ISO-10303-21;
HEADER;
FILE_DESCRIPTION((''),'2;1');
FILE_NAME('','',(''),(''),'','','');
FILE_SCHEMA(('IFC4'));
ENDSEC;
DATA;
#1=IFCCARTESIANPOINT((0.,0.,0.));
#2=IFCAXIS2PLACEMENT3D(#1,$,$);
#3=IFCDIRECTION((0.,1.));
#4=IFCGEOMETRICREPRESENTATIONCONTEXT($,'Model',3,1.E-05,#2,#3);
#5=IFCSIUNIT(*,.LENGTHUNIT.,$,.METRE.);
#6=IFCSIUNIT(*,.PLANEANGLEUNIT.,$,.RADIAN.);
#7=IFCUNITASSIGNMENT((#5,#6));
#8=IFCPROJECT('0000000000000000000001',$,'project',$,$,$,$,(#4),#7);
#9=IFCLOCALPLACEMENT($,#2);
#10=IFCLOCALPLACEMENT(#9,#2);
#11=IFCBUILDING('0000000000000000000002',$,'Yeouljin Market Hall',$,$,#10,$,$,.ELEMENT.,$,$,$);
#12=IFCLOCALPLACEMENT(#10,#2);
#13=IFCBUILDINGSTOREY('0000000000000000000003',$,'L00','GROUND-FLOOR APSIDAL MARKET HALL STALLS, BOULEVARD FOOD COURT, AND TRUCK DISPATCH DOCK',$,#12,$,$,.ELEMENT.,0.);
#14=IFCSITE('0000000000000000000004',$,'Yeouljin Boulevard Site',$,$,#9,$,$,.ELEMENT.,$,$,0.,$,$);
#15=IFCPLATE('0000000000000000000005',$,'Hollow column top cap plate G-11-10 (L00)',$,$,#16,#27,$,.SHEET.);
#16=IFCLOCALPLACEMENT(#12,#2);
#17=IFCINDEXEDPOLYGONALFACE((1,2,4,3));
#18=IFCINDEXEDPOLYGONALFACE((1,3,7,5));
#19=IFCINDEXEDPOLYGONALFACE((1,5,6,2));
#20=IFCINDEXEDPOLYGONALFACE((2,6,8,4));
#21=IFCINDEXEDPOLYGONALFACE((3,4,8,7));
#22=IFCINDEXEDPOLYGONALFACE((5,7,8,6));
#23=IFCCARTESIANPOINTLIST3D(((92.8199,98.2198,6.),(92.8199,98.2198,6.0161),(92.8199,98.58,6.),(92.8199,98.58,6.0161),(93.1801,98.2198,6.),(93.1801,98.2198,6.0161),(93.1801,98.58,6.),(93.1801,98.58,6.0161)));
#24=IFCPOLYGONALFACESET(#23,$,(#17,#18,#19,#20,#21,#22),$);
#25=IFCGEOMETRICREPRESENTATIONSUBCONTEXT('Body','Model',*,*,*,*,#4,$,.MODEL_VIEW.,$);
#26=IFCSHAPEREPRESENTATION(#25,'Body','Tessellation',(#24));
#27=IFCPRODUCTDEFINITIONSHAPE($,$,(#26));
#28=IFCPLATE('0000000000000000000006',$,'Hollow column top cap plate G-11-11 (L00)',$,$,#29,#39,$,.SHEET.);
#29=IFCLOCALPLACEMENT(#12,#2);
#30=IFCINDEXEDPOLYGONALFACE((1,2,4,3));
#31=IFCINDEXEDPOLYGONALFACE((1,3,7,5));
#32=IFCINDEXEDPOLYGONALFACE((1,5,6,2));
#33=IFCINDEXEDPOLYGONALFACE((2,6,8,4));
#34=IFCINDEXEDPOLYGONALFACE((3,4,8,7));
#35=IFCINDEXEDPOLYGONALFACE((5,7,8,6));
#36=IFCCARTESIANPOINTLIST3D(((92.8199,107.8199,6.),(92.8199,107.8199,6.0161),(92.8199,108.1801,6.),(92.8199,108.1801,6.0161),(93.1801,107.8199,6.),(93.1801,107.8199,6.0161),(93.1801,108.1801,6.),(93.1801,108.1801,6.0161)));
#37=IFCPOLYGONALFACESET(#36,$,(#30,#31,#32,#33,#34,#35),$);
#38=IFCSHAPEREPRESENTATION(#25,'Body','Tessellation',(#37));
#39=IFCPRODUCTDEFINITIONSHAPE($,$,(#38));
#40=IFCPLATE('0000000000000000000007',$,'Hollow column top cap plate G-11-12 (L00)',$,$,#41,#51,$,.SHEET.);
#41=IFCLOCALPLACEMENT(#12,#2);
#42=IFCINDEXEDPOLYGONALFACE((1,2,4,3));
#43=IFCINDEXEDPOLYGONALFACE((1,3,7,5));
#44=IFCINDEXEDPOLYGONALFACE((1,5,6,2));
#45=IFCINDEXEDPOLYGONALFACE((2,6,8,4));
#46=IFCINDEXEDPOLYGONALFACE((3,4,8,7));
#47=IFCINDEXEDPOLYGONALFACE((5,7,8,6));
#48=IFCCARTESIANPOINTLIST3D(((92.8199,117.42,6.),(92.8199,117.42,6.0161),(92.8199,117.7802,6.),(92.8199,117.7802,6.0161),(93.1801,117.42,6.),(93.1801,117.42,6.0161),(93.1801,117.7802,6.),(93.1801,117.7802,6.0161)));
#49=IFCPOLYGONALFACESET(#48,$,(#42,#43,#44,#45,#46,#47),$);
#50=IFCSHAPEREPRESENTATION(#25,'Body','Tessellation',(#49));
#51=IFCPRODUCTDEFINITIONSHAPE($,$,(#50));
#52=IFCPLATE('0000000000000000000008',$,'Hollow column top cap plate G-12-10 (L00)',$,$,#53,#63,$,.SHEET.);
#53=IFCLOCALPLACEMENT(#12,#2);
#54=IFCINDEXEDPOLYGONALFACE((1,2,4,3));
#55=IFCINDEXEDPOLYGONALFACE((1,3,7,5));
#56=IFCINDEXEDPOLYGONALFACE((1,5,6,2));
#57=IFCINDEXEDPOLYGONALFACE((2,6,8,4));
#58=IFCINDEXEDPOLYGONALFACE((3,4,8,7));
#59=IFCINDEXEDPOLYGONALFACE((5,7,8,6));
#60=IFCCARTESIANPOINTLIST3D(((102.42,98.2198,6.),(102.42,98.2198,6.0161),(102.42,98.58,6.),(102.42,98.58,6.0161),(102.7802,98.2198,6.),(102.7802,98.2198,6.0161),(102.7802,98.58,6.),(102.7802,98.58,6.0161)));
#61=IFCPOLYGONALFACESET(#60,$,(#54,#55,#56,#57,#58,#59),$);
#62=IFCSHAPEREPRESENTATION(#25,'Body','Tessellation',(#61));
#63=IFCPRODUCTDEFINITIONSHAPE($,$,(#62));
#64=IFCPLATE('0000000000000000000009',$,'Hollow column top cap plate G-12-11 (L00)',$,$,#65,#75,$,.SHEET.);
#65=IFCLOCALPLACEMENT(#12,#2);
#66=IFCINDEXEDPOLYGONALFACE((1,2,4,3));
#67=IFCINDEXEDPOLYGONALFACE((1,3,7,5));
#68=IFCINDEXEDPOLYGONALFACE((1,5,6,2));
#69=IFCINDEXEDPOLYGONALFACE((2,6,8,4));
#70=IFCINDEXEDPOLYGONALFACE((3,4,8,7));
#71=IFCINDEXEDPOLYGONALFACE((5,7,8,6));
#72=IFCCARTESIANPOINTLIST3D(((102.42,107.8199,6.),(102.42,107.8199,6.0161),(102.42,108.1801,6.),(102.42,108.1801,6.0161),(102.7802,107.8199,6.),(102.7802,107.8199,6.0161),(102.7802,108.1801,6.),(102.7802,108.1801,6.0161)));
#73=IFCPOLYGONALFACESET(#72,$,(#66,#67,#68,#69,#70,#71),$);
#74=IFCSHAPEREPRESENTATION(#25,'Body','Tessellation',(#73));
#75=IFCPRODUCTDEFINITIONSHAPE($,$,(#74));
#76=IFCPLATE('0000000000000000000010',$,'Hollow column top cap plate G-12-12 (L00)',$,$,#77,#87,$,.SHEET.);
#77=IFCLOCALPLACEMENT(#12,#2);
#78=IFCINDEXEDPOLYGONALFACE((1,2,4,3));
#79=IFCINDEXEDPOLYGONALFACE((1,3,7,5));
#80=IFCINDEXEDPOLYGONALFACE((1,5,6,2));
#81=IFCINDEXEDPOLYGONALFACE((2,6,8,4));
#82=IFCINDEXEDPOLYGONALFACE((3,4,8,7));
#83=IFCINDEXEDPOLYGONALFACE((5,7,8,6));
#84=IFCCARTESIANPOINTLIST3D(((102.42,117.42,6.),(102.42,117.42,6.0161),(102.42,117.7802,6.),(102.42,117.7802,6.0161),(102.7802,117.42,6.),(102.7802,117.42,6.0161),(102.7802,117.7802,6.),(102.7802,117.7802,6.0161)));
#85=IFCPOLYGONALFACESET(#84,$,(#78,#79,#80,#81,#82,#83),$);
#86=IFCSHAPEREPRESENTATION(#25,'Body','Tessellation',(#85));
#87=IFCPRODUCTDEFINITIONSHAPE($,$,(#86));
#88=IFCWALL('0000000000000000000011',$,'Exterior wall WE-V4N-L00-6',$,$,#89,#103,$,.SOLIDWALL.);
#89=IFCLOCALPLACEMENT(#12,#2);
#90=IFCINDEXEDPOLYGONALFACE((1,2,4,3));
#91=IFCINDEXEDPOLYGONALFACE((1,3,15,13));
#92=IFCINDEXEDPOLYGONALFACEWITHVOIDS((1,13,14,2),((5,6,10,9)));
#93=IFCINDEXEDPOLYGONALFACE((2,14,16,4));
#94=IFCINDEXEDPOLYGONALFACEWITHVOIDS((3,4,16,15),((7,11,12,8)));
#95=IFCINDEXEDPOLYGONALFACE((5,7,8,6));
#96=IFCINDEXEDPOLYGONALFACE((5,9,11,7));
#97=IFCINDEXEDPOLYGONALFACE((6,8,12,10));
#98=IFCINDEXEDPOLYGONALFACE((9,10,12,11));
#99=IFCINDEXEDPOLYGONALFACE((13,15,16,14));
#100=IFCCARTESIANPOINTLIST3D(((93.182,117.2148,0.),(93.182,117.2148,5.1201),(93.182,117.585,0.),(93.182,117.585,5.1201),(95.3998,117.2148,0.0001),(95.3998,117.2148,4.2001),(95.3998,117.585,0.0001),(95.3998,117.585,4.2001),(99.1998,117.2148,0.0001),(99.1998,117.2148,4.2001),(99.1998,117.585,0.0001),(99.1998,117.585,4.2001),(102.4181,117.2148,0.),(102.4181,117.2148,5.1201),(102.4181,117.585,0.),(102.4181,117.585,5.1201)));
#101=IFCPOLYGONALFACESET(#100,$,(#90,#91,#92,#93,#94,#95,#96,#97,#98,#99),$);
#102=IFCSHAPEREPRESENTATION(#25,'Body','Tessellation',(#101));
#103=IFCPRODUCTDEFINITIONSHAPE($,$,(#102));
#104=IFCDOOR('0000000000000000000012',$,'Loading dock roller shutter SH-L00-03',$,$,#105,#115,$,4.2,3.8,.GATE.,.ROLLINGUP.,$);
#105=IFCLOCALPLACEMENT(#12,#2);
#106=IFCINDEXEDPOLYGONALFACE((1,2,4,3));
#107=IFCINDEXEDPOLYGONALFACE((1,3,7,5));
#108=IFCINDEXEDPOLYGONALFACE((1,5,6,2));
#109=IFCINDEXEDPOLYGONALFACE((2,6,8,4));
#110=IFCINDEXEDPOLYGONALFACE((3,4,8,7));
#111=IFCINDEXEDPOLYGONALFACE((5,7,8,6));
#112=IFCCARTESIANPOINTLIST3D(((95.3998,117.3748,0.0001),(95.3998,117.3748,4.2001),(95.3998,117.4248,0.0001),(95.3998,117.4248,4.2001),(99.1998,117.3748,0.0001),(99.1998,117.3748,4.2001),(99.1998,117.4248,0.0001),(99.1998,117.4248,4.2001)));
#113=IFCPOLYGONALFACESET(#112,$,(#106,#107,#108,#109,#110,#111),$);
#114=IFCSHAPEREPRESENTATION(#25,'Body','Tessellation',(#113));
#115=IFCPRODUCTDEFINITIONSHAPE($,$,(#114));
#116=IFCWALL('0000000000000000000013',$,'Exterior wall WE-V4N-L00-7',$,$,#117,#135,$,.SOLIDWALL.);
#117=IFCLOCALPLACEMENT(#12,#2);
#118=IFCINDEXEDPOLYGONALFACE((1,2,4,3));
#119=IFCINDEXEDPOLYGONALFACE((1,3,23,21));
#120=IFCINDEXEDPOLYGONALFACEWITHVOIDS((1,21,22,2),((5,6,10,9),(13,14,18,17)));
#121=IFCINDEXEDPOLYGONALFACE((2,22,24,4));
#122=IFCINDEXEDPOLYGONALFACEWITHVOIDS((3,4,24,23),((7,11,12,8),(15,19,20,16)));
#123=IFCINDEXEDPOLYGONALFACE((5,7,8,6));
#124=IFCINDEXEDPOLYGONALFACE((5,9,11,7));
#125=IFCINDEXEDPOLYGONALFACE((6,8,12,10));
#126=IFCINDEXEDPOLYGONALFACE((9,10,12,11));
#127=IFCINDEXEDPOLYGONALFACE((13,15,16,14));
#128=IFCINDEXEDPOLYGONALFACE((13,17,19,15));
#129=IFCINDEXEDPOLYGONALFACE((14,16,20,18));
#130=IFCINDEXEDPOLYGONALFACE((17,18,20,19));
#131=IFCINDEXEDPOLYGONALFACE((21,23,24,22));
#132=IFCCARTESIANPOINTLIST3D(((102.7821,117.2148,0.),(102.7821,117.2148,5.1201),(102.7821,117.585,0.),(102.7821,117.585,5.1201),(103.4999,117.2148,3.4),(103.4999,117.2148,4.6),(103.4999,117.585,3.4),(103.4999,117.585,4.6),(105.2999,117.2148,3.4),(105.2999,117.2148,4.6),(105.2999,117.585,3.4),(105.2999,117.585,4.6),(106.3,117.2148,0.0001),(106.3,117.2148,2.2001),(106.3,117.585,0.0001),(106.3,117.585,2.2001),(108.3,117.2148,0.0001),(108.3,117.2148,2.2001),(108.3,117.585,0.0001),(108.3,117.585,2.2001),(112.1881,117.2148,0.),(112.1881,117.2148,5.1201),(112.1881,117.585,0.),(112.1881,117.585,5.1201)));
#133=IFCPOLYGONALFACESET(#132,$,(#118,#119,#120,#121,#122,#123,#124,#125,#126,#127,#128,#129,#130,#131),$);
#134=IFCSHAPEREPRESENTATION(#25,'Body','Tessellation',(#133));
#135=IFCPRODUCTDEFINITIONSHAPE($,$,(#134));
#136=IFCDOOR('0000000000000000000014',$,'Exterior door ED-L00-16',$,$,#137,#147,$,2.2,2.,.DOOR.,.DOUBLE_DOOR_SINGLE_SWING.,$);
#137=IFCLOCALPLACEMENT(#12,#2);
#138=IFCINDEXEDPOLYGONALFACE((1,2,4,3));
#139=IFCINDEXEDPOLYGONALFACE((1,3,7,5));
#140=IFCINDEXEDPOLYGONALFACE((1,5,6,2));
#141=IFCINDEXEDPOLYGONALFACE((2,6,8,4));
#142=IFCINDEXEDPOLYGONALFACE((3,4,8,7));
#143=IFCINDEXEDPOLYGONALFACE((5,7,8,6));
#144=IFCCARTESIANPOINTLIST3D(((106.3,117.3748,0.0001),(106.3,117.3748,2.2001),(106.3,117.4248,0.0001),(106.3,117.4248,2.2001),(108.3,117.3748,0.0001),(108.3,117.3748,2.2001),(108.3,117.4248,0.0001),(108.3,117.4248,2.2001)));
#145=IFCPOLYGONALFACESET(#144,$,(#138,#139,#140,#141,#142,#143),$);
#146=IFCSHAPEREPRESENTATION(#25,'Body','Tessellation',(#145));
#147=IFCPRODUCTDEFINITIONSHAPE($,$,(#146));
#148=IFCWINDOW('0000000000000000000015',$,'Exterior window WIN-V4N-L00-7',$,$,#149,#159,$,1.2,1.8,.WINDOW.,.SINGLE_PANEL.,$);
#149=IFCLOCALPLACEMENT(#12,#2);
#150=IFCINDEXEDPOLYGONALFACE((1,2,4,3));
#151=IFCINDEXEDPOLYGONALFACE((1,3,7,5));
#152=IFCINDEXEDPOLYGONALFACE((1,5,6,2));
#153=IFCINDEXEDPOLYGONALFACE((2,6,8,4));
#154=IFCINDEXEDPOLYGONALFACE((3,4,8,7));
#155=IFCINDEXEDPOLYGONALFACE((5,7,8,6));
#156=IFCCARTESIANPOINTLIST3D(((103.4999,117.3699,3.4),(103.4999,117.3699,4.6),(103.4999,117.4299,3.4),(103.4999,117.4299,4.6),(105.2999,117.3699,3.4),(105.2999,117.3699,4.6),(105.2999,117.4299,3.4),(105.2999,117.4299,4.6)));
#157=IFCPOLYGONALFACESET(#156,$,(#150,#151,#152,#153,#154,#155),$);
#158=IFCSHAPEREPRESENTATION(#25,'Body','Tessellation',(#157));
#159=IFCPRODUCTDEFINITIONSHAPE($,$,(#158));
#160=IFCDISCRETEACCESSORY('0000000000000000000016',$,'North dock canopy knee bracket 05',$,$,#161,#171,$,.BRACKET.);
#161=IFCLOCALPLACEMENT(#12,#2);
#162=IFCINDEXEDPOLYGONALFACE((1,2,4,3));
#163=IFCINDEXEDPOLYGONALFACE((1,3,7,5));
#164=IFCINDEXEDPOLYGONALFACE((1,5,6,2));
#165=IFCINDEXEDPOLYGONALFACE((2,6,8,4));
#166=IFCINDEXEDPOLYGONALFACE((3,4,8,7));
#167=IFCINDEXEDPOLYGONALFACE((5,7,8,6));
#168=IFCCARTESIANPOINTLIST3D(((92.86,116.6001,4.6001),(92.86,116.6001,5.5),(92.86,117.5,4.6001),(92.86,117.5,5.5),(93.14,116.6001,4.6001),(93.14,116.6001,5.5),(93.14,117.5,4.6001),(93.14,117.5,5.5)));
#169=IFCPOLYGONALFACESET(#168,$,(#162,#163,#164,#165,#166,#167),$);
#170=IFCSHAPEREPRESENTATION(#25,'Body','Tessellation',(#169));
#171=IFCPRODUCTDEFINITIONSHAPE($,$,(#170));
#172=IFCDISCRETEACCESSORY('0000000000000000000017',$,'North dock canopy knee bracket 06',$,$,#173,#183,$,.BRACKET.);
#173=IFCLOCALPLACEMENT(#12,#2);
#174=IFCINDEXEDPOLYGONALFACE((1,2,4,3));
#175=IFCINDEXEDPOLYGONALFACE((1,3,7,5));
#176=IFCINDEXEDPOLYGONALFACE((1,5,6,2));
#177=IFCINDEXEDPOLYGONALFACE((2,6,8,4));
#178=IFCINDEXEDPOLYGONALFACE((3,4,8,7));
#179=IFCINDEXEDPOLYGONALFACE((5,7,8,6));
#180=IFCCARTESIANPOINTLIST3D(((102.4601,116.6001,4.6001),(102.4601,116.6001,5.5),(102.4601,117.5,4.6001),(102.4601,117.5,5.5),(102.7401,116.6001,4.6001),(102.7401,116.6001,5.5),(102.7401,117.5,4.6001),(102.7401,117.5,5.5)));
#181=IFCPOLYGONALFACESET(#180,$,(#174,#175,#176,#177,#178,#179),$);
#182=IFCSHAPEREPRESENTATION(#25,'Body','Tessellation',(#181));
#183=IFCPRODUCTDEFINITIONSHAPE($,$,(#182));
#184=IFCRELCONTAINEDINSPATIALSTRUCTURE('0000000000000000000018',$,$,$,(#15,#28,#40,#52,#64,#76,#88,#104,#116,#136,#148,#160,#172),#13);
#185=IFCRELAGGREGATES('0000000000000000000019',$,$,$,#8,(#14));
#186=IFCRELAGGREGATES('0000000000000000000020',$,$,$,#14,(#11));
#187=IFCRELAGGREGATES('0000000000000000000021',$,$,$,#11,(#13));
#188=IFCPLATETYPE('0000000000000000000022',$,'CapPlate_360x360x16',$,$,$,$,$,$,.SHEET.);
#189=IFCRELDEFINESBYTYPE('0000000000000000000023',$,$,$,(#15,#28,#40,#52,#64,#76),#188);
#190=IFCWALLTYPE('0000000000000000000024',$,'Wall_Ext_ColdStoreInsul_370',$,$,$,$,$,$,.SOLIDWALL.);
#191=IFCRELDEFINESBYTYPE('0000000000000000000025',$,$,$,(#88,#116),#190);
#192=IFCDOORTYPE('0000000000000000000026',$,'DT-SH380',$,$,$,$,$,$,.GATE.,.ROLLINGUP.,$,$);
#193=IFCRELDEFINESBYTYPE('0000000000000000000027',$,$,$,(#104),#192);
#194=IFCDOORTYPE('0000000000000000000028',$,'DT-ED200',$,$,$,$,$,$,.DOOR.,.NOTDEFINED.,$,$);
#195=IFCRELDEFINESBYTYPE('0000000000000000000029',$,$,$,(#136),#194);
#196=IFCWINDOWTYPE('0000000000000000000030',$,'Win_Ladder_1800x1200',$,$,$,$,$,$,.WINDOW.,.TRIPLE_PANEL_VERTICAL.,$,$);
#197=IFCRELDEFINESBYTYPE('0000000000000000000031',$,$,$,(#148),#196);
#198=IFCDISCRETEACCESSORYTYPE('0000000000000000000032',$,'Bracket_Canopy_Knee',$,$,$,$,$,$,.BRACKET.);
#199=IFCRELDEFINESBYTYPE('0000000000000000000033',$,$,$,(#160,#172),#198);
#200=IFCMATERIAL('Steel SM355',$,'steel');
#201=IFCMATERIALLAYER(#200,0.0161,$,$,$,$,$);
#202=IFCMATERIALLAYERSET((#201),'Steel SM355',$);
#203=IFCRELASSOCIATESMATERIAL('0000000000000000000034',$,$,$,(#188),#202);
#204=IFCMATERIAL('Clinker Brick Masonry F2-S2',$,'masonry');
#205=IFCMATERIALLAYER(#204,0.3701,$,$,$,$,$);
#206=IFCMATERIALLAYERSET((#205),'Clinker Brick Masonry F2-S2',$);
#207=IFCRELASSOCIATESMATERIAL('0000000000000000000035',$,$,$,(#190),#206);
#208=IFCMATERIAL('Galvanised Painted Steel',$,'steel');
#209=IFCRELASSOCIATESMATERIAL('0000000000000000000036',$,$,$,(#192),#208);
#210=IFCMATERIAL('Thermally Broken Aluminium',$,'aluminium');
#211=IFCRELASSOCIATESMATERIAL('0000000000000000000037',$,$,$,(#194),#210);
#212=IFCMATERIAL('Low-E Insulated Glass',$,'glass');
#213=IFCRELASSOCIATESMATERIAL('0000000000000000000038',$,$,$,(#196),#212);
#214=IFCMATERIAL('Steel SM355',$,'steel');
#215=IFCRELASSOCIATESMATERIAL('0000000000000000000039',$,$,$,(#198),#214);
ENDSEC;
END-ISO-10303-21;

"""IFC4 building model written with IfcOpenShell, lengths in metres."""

from ifc_helpers import new_model, si_unit, direction, frame, frame_2d, origin, origin_2d, place, context, subcontext, project, spatial, rectangle, extrude, material, layer, layer_set, type_object, element, fill, save


model = new_model("IFC4")

# Units and contexts
model_context = context("Model", 3, precision=1e-05, world=origin(), true_north=direction((0.0, 1.0)))
body_context = subcontext(model_context, "Body", "Model", "MODEL_VIEW")
ifc_project = project(units=[si_unit("LENGTHUNIT", "METRE"), si_unit("PLANEANGLEUNIT", "RADIAN")], contexts=[model_context])

# Site, building, storey
site_placement = place(None, origin())
site = spatial("IfcSite", under=ifc_project, at=site_placement, Name="Yeouljin Boulevard Site", CompositionType="ELEMENT", RefElevation=0.0)
building_placement = place(site_placement, origin())
building = spatial("IfcBuilding", under=site, at=building_placement, Name="Yeouljin Market Hall", CompositionType="ELEMENT")
storey_placement = place(building_placement, origin())
storey = spatial("IfcBuildingStorey", under=building, at=storey_placement, Name="L00", Description="GROUND-FLOOR APSIDAL MARKET HALL STALLS, BOULEVARD FOOD COURT, AND TRUCK DISPATCH DOCK", CompositionType="ELEMENT", Elevation=0.0)

# Plates
ifc_material_1 = material(Name="Steel SM355", Category="steel")
ifc_layer_1 = layer(ifc_material_1, 0.0161)
ifc_layer_set_1 = layer_set([ifc_layer_1], Name="Steel SM355")
plate_type = type_object("IfcPlateType", Name="CapPlate_360x360x16", PredefinedType="SHEET", material=ifc_layer_set_1)
for number, where, z_axis, x_axis, name in (
    (1, (93.0, 98.3999, 6.0), (0.0, 0.0, 1.0), (1.0, 0.0, 0.0), "Hollow column top cap plate G-11-10 (L00)"),
    (2, (93.0, 108.0, 6.0), (0.0, 0.0, 1.0), (1.0, 0.0, 0.0), "Hollow column top cap plate G-11-11 (L00)"),
    (3, (93.0, 117.6001, 6.0), (0.0, 0.0, 1.0), (1.0, 0.0, 0.0), "Hollow column top cap plate G-11-12 (L00)"),
    (4, (102.6001, 98.3999, 6.0), (0.0, 0.0, 1.0), (1.0, 0.0, 0.0), "Hollow column top cap plate G-12-10 (L00)"),
    (5, (102.6001, 108.0, 6.0), (0.0, 0.0, 1.0), (1.0, 0.0, 0.0), "Hollow column top cap plate G-12-11 (L00)"),
    (6, (102.6001, 117.6001, 6.0), (0.0, 0.0, 1.0), (1.0, 0.0, 0.0), "Hollow column top cap plate G-12-12 (L00)"),
):
    element("IfcPlate", number, at=place(storey_placement, frame(where, z_axis=z_axis, x_axis=x_axis)), inside=storey, type_object=plate_type, Name=name, PredefinedType="SHEET", context=body_context, shape_type="SweptSolid", body=[
        extrude(rectangle(XDim=0.3601, YDim=0.3601, at=origin_2d()), origin(), (0.0, 0.0, 1.0), 0.0161),
    ])

# Wall, opening, door
ifc_material_2 = material(Name="Clinker Brick Masonry F2-S2", Category="masonry")
ifc_layer_2 = layer(ifc_material_2, 0.3701)
ifc_layer_set_2 = layer_set([ifc_layer_2], Name="Clinker Brick Masonry F2-S2")
wall_type = type_object("IfcWallType", Name="Wall_Ext_ColdStoreInsul_370", PredefinedType="SOLIDWALL", material=ifc_layer_set_2)
wall_1_placement = place(storey_placement, frame((93.1819, 117.3999, 0.0), z_axis=(0.0, 0.0, 1.0), x_axis=(1.0, 0.0, 0.0)))
wall_1 = element("IfcWall", 7, at=wall_1_placement, inside=storey, type_object=wall_type, Name="Exterior wall WE-V4N-L00-6", PredefinedType="SOLIDWALL", context=body_context, shape_type="SweptSolid", body=[
    extrude(rectangle(XDim=9.2361, YDim=0.3701, at=frame_2d((4.6182, 0.0))), origin(), (0.0, 0.0, 1.0), 5.1201),
])
opening_1_placement = place(wall_1_placement, frame((2.218, 0.0, 0.0)))
opening_1 = element("IfcOpeningElement", 8, at=opening_1_placement, cuts=wall_1, PredefinedType="OPENING", context=body_context, shape_type="SweptSolid", body=[
    extrude(rectangle(XDim=3.8, YDim=4.2, at=frame_2d((1.8999, 2.1001))), frame((0.0, 0.1951, 0.0), z_axis=(0.0, -1.0, 0.0), x_axis=(1.0, 0.0, 0.0)), (0.0, 0.0, 1.0), 0.3901),
])
ifc_material_3 = material(Name="Galvanised Painted Steel", Category="steel")
door_type_1 = type_object("IfcDoorType", Name="DT-SH380", OperationType="ROLLINGUP", PredefinedType="GATE", material=ifc_material_3)
door_1_placement = place(opening_1_placement, origin())
door_1 = element("IfcDoor", 9, at=door_1_placement, inside=storey, type_object=door_type_1, Name="Loading dock roller shutter SH-L00-03", OperationType="ROLLINGUP", OverallHeight=4.2, OverallWidth=3.8, PredefinedType="GATE", context=body_context, shape_type="SweptSolid", body=[
    extrude(rectangle(XDim=3.8, YDim=4.2, at=frame_2d((1.8999, 2.1001))), frame((0.0, 0.0249, 0.0), z_axis=(0.0, -1.0, 0.0), x_axis=(1.0, 0.0, 0.0)), (0.0, 0.0, 1.0), 0.05),
])
fill(opening_1, door_1)

# Wall, openings, door, window
wall_2_placement = place(storey_placement, frame((102.782, 117.3999, 0.0), z_axis=(0.0, 0.0, 1.0), x_axis=(1.0, 0.0, 0.0)))
wall_2 = element("IfcWall", 10, at=wall_2_placement, inside=storey, type_object=wall_type, Name="Exterior wall WE-V4N-L00-7", PredefinedType="SOLIDWALL", context=body_context, shape_type="SweptSolid", body=[
    extrude(rectangle(XDim=9.406, YDim=0.3701, at=frame_2d((4.7031, 0.0))), origin(), (0.0, 0.0, 1.0), 5.1201),
])
opening_2_placement = place(wall_2_placement, frame((3.5181, 0.0, 0.0)))
opening_2 = element("IfcOpeningElement", 11, at=opening_2_placement, cuts=wall_2, PredefinedType="OPENING", context=body_context, shape_type="SweptSolid", body=[
    extrude(rectangle(XDim=2.0, YDim=2.2, at=frame_2d((1.0, 1.1001))), frame((0.0, 0.1951, 0.0), z_axis=(0.0, -1.0, 0.0), x_axis=(1.0, 0.0, 0.0)), (0.0, 0.0, 1.0), 0.3901),
])
opening_3_placement = place(wall_2_placement, frame((0.718, 0.0, 3.3999)))
opening_3 = element("IfcOpeningElement", 12, at=opening_3_placement, cuts=wall_2, PredefinedType="OPENING", context=body_context, shape_type="SweptSolid", body=[
    extrude(rectangle(XDim=1.8, YDim=1.2, at=frame_2d((0.8999, 0.6001))), frame((0.0, 0.1951, 0.0), z_axis=(0.0, -1.0, 0.0), x_axis=(1.0, 0.0, 0.0)), (0.0, 0.0, 1.0), 0.3901),
])
ifc_material_4 = material(Name="Thermally Broken Aluminium", Category="aluminium")
door_type_2 = type_object("IfcDoorType", Name="DT-ED200", OperationType="NOTDEFINED", PredefinedType="DOOR", material=ifc_material_4)
door_2_placement = place(opening_2_placement, origin())
door_2 = element("IfcDoor", 13, at=door_2_placement, inside=storey, type_object=door_type_2, Name="Exterior door ED-L00-16", OperationType="DOUBLE_DOOR_SINGLE_SWING", OverallHeight=2.2, OverallWidth=2.0, PredefinedType="DOOR", context=body_context, shape_type="SweptSolid", body=[
    extrude(rectangle(XDim=2.0, YDim=2.2, at=frame_2d((1.0, 1.1001))), frame((0.0, 0.0249, 0.0), z_axis=(0.0, -1.0, 0.0), x_axis=(1.0, 0.0, 0.0)), (0.0, 0.0, 1.0), 0.05),
])
fill(opening_2, door_2)
ifc_material_5 = material(Name="Low-E Insulated Glass", Category="glass")
window_type = type_object("IfcWindowType", Name="Win_Ladder_1800x1200", PartitioningType="TRIPLE_PANEL_VERTICAL", PredefinedType="WINDOW", material=ifc_material_5)
window_placement = place(opening_3_placement, origin())
window = element("IfcWindow", 14, at=window_placement, inside=storey, type_object=window_type, Name="Exterior window WIN-V4N-L00-7", OverallHeight=1.2, OverallWidth=1.8, PartitioningType="SINGLE_PANEL", PredefinedType="WINDOW", context=body_context, shape_type="SweptSolid", body=[
    extrude(rectangle(XDim=1.8, YDim=1.2, at=frame_2d((0.8999, 0.6001))), frame((0.0, 0.03, 0.0), z_axis=(0.0, -1.0, 0.0), x_axis=(1.0, 0.0, 0.0)), (0.0, 0.0, 1.0), 0.0601),
])
fill(opening_3, window)

# Discrete accessories
ifc_material_6 = material(Name="Steel SM355", Category="steel")
discrete_accessory_type = type_object("IfcDiscreteAccessoryType", Name="Bracket_Canopy_Knee", PredefinedType="BRACKET", material=ifc_material_6)
for number, where, z_axis, x_axis, name in (
    (15, (93.0, 117.05, 4.6001), (0.0, 0.0, 1.0), (1.0, 0.0, 0.0), "North dock canopy knee bracket 05"),
    (16, (102.6001, 117.05, 4.6001), (0.0, 0.0, 1.0), (1.0, 0.0, 0.0), "North dock canopy knee bracket 06"),
):
    element("IfcDiscreteAccessory", number, at=place(storey_placement, frame(where, z_axis=z_axis, x_axis=x_axis)), inside=storey, type_object=discrete_accessory_type, Name=name, PredefinedType="BRACKET", context=body_context, shape_type="SweptSolid", body=[
        extrude(rectangle(XDim=0.28, YDim=0.8999, at=origin_2d()), origin(), (0.0, 0.0, 1.0), 0.8999),
    ])

save(model, "model.ifc")
